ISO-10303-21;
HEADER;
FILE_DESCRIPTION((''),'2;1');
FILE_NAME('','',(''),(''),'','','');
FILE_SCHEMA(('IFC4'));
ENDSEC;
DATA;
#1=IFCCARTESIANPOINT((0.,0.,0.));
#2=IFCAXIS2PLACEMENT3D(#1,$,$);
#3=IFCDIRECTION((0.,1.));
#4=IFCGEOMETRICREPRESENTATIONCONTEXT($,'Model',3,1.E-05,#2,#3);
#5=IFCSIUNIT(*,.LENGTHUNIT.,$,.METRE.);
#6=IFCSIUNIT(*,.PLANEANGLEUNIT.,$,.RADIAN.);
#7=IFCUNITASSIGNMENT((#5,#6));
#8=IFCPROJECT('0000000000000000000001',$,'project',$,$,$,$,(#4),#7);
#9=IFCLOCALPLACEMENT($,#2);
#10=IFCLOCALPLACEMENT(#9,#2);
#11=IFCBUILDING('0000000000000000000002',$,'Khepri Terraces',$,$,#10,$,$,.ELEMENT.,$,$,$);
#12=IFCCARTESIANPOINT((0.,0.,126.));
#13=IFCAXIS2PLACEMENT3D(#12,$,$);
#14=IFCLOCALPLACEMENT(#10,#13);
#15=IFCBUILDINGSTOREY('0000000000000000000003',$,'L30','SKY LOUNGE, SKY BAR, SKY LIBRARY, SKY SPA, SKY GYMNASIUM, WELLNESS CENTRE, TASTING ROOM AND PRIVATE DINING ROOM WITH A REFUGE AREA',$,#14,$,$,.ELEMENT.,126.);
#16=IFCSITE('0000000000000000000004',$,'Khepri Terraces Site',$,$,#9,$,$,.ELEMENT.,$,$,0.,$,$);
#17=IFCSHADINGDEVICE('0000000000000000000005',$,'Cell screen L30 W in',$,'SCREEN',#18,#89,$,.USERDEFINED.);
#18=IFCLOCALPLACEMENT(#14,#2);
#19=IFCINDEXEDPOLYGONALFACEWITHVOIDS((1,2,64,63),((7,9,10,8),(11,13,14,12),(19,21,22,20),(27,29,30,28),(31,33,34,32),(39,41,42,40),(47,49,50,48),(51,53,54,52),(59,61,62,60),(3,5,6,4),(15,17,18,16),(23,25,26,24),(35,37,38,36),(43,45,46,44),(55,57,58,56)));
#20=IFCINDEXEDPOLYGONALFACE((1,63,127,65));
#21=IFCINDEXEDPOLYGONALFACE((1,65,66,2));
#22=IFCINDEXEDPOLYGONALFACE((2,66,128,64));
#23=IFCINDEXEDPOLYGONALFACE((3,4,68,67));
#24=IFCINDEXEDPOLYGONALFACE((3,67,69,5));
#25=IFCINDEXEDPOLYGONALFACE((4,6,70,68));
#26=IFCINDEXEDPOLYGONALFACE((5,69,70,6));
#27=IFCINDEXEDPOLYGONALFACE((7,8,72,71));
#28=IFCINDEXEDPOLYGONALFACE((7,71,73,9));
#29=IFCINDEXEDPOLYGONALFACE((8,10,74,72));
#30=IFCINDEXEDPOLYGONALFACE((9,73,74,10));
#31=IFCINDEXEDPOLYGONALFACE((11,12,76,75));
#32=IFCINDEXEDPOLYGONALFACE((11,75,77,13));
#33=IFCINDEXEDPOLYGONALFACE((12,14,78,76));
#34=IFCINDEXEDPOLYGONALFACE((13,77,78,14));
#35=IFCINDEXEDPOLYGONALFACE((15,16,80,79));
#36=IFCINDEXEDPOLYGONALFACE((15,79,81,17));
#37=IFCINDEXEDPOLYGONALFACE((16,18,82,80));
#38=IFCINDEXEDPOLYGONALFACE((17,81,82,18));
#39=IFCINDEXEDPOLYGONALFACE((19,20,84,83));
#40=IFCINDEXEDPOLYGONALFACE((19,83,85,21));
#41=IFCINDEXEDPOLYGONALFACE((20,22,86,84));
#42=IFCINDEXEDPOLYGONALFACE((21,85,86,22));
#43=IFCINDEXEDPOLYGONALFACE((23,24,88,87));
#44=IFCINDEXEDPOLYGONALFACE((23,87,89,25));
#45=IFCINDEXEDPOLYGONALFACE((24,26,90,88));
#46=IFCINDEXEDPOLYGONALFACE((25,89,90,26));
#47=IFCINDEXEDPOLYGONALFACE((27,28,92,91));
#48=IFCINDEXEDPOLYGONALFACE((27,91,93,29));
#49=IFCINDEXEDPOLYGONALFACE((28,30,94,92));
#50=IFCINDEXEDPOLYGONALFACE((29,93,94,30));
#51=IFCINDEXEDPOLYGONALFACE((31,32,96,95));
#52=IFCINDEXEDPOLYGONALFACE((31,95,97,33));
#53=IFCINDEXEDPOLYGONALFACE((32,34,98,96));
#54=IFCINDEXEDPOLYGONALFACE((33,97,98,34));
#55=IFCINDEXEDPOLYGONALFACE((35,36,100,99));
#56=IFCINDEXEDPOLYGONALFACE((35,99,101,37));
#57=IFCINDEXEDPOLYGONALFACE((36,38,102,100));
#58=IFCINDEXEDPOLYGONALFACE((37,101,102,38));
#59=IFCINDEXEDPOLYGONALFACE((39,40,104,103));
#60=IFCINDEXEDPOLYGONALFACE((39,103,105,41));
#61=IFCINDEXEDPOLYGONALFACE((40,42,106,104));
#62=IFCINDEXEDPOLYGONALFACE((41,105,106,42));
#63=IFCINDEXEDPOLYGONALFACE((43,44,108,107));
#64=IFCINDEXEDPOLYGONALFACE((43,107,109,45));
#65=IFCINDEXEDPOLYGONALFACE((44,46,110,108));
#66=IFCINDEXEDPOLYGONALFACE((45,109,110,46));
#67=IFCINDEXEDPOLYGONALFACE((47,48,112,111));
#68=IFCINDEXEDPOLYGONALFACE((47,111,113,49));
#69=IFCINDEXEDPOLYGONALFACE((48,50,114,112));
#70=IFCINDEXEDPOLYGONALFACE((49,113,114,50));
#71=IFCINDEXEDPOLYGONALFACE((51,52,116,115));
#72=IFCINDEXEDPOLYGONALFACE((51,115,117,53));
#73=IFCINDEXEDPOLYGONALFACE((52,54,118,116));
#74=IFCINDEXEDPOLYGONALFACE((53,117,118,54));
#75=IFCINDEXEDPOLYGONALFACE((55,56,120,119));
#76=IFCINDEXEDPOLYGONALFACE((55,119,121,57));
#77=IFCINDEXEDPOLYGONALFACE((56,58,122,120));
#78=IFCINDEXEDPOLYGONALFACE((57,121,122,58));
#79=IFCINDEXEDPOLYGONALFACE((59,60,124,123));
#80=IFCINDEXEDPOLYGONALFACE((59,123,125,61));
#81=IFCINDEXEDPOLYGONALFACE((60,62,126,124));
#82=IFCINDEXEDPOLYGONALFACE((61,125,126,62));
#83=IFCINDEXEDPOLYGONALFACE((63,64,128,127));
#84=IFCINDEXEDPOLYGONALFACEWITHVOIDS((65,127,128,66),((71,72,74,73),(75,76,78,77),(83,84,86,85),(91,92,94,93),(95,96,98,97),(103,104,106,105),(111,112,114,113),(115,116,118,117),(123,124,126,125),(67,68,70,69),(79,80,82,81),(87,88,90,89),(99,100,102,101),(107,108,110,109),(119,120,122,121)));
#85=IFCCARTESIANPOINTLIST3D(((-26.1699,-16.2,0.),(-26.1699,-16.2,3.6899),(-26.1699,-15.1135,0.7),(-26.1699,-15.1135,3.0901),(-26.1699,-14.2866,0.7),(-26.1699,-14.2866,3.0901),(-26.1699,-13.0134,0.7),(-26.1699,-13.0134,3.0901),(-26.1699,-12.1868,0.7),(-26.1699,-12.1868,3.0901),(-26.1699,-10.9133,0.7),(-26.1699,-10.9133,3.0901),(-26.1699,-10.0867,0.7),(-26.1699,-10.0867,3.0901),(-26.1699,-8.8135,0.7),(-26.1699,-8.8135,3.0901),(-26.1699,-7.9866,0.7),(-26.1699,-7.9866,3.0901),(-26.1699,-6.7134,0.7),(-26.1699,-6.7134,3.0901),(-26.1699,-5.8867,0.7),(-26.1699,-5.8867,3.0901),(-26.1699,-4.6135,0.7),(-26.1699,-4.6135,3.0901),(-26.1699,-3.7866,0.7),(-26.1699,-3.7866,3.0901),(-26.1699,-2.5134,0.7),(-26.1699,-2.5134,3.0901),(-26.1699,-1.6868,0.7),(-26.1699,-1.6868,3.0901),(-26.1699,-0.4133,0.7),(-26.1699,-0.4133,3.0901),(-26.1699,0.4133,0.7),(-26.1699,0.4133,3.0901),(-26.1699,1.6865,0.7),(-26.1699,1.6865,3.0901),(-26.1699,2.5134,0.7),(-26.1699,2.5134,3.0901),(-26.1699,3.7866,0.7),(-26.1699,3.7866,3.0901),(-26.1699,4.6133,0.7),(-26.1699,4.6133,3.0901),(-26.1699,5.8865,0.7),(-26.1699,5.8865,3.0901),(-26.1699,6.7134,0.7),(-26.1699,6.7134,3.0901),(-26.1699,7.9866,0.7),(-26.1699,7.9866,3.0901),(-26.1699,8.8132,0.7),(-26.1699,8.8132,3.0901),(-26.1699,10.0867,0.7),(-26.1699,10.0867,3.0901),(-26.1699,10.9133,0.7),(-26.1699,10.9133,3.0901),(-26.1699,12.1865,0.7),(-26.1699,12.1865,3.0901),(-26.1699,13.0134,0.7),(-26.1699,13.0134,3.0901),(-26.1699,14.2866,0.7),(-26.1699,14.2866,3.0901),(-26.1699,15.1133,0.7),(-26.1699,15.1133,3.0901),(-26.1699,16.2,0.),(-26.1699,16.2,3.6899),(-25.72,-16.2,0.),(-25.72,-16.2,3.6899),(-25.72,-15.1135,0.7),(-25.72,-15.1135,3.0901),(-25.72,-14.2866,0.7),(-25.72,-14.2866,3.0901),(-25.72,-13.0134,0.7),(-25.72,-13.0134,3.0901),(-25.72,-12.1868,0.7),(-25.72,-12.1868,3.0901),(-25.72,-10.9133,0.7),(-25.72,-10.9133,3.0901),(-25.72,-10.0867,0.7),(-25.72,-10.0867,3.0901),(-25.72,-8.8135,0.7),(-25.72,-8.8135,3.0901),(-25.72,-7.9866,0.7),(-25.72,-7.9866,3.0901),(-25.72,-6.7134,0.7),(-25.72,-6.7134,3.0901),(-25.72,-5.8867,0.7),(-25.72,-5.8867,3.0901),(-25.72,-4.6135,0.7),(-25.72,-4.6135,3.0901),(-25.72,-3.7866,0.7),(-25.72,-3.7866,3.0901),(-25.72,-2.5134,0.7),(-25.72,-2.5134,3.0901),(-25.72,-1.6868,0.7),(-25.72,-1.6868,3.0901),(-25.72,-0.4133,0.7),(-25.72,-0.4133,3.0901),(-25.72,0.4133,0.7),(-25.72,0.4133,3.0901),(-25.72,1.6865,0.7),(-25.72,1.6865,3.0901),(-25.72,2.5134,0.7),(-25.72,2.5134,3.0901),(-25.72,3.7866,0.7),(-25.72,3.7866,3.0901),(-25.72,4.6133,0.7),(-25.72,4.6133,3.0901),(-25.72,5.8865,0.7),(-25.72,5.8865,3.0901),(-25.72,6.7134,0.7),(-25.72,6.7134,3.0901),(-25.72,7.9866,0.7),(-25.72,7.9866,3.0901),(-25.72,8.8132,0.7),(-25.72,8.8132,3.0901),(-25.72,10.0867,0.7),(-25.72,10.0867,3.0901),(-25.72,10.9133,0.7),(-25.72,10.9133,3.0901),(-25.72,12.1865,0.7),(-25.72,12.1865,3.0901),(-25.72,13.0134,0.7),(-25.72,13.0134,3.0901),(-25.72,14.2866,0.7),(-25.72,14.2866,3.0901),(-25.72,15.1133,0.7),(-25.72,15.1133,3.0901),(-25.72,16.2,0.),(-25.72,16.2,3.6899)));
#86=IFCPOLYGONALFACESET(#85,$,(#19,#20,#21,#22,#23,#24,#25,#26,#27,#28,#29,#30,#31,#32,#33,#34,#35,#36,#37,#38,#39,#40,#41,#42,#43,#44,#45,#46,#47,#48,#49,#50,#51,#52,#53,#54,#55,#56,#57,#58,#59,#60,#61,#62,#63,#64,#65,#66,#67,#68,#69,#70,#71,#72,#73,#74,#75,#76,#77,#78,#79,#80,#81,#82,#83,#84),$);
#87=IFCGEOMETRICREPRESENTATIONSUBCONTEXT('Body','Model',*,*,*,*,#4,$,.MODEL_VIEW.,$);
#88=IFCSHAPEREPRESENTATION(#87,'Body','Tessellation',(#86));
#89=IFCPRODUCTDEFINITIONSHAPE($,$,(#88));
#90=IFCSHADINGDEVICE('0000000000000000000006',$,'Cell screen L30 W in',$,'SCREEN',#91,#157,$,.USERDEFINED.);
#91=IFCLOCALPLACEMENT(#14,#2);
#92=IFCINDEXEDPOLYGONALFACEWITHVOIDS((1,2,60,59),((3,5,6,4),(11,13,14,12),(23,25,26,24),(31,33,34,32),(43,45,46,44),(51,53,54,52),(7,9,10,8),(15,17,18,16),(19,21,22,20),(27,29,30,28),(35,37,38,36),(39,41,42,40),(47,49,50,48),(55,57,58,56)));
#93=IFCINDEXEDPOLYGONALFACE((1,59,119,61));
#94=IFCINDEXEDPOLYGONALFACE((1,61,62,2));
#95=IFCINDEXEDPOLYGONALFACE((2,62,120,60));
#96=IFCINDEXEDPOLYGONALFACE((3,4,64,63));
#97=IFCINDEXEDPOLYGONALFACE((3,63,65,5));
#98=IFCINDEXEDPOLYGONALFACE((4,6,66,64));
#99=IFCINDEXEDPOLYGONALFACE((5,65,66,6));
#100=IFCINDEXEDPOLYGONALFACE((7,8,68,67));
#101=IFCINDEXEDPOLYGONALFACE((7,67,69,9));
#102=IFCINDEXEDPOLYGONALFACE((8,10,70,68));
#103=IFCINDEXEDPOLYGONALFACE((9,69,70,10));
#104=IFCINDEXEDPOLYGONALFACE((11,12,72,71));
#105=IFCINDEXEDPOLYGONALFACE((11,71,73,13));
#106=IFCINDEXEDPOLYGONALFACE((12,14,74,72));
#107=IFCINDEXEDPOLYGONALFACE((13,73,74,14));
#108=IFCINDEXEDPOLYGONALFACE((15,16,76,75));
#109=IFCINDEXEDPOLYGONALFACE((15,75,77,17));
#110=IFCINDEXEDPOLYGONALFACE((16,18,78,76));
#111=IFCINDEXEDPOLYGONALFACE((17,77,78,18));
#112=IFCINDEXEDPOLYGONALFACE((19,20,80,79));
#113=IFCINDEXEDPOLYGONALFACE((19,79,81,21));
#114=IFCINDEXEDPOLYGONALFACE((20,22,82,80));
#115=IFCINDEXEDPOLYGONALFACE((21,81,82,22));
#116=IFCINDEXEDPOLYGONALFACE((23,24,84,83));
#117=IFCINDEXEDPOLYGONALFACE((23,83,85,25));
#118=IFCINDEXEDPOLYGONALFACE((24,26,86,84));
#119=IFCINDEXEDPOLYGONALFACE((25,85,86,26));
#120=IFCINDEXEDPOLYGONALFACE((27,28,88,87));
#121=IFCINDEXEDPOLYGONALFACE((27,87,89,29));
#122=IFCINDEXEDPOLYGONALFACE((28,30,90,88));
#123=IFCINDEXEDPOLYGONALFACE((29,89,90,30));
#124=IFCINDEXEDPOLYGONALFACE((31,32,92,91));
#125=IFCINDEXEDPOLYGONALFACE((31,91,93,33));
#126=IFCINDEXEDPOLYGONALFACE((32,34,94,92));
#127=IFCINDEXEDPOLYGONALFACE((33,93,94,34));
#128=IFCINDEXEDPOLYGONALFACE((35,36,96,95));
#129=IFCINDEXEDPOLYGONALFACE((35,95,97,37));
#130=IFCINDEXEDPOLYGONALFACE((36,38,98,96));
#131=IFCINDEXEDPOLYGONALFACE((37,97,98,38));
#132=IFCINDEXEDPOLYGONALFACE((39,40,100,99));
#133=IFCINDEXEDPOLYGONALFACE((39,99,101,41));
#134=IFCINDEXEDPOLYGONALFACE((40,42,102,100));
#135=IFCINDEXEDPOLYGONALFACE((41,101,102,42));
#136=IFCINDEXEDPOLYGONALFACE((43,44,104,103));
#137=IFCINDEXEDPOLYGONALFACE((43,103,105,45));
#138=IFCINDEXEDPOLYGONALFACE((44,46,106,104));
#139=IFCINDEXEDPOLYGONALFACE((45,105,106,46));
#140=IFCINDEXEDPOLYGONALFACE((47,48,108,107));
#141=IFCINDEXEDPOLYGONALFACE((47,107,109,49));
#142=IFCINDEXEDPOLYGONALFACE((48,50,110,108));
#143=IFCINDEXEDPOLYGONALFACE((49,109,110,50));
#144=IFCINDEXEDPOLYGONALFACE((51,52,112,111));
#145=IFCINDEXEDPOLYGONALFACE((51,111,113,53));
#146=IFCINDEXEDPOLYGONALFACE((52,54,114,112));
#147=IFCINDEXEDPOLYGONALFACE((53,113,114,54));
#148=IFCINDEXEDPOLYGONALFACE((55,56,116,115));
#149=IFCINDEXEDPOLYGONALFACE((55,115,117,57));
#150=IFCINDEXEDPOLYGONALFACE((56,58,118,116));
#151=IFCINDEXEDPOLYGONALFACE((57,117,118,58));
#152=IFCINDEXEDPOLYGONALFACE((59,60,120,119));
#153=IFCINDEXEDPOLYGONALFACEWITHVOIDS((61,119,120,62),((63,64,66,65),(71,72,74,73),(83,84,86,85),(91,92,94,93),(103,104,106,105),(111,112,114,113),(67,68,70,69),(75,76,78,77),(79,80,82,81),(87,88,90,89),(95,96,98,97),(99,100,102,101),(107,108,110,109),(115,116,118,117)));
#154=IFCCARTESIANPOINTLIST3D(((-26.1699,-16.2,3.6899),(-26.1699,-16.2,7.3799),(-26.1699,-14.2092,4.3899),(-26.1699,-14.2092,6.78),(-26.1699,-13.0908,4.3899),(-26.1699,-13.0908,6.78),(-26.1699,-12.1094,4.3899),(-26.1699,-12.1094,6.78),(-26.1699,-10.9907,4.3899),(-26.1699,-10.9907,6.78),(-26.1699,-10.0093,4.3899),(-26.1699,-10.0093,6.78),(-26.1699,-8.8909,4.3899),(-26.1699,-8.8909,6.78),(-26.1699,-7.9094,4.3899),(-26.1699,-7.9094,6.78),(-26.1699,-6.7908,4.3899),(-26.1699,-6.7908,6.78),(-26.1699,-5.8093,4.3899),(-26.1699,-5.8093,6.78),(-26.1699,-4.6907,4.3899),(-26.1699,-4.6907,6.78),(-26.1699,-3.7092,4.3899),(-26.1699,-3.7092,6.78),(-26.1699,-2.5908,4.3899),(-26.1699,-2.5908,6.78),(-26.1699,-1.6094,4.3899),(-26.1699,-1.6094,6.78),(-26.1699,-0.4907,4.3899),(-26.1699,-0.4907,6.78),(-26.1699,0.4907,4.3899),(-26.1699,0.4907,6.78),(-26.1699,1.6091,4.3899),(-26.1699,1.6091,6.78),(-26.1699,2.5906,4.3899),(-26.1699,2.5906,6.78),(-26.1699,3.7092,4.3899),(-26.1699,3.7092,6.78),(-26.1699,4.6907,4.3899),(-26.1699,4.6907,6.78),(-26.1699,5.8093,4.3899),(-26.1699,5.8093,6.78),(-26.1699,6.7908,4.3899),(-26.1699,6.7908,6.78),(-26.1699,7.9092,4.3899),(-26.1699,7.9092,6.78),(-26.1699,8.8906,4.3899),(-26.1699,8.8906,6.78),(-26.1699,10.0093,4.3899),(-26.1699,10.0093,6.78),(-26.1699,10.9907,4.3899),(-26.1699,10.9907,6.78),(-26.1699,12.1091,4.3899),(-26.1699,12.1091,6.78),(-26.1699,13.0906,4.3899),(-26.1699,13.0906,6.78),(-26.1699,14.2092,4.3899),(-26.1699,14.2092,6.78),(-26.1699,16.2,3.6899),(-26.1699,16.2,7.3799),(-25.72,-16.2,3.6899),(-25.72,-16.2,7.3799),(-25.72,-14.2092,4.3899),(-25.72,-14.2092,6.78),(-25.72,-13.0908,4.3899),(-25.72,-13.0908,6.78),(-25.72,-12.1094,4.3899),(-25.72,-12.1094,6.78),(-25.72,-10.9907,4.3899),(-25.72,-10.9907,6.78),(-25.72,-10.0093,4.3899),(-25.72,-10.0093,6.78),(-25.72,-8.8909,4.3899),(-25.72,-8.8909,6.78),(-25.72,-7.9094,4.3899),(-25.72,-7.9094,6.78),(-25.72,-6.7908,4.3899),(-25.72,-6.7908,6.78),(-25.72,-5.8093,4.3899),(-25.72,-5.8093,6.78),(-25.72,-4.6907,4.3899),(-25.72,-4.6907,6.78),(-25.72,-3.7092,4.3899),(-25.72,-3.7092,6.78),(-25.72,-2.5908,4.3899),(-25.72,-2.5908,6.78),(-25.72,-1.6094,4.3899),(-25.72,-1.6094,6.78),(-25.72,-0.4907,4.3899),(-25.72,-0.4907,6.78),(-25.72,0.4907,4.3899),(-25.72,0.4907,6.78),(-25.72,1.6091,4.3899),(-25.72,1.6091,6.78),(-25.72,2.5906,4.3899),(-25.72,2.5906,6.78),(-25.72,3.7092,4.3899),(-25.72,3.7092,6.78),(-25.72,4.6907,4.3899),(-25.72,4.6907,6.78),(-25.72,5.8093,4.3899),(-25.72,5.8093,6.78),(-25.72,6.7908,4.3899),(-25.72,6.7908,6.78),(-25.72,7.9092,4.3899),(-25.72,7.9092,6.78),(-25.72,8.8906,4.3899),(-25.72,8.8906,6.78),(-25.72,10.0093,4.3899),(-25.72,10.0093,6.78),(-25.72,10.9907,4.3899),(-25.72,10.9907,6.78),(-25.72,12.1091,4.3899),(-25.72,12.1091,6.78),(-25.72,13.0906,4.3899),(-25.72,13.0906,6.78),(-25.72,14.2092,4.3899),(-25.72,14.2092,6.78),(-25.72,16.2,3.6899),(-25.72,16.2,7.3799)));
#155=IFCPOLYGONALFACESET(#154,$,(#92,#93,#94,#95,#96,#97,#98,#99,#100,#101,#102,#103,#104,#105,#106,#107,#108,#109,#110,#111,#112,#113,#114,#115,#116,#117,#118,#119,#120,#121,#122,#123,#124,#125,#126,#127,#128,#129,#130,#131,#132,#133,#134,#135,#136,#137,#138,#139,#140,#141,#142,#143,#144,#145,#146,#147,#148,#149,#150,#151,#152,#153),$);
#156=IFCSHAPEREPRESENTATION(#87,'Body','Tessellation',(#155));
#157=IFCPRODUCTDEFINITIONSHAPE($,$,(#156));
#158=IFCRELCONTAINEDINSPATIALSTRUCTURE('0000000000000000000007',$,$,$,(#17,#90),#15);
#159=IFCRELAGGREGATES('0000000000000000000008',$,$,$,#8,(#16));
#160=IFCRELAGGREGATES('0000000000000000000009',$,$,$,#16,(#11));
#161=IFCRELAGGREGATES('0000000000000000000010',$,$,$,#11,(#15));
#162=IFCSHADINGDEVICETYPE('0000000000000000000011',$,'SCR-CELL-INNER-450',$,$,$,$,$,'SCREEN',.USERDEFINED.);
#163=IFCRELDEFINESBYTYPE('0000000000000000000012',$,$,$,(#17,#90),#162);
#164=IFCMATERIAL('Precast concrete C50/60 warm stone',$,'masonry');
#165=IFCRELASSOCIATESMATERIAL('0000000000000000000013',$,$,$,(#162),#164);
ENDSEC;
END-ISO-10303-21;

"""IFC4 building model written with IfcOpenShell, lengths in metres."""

from ifc_helpers import new_model, si_unit, direction, frame, origin, place, context, subcontext, project, spatial, polyline, outline, extrude, material, type_object, element, save


model = new_model("IFC4")

# Units and contexts
model_context = context("Model", 3, precision=1e-05, world=origin(), true_north=direction((0.0, 1.0)))
body_context = subcontext(model_context, "Body", "Model", "MODEL_VIEW")
ifc_project = project(units=[si_unit("LENGTHUNIT", "METRE"), si_unit("PLANEANGLEUNIT", "RADIAN")], contexts=[model_context])

# Site, building, storey
site_placement = place(None, origin())
site = spatial("IfcSite", under=ifc_project, at=site_placement, Name="Khepri Terraces Site", CompositionType="ELEMENT", RefElevation=0.0)
building_placement = place(site_placement, origin())
building = spatial("IfcBuilding", under=site, at=building_placement, Name="Khepri Terraces", CompositionType="ELEMENT")
storey_placement = place(building_placement, frame((0.0, 0.0, 126.0)))
storey = spatial("IfcBuildingStorey", under=building, at=storey_placement, Name="L30", Description="SKY LOUNGE, SKY BAR, SKY LIBRARY, SKY SPA, SKY GYMNASIUM, WELLNESS CENTRE, TASTING ROOM AND PRIVATE DINING ROOM WITH A REFUGE AREA", CompositionType="ELEMENT", Elevation=126.0)

# Shared definitions
ifc_material_1 = material(Name="Precast concrete C50/60 warm stone", Category="masonry")

# Shading devices
shading_device_type_1 = type_object("IfcShadingDeviceType", Name="SCR-CELL-INNER-450", ElementType="SCREEN", PredefinedType="USERDEFINED", material=ifc_material_1)
shading_device_1_placement = place(storey_placement, frame((-25.72, 16.2, 0.0), z_axis=(-1.0, 0.0, 0.0), x_axis=(0.0, -1.0, 0.0)))
element("IfcShadingDevice", 1, at=shading_device_1_placement, inside=storey, type_object=shading_device_type_1, Name="Cell screen L30 W in", ObjectType="SCREEN", PredefinedType="USERDEFINED", context=body_context, shape_type="SweptSolid", body=[
    extrude(outline(polyline([(0.0, 0.0), (32.3999, 0.0), (32.3999, 3.6899), (0.0, 3.6899), (0.0, 0.0)]), holes=[polyline([(1.0867, 0.7), (1.9133, 0.7), (1.9133, 3.0901), (1.0867, 3.0901), (1.0867, 0.7)]), polyline([(3.1865, 0.7), (4.0134, 0.7), (4.0134, 3.0901), (3.1865, 3.0901), (3.1865, 0.7)]), polyline([(5.2866, 0.7), (6.1133, 0.7), (6.1133, 3.0901), (5.2866, 3.0901), (5.2866, 0.7)]), polyline([(7.3867, 0.7), (8.2134, 0.7), (8.2134, 3.0901), (7.3867, 3.0901), (7.3867, 0.7)]), polyline([(9.4866, 0.7), (10.3135, 0.7), (10.3135, 3.0901), (9.4866, 3.0901), (9.4866, 0.7)]), polyline([(11.5867, 0.7), (12.4133, 0.7), (12.4133, 3.0901), (11.5867, 3.0901), (11.5867, 0.7)]), polyline([(13.6865, 0.7), (14.5134, 0.7), (14.5134, 3.0901), (13.6865, 3.0901), (13.6865, 0.7)]), polyline([(15.7866, 0.7), (16.6133, 0.7), (16.6133, 3.0901), (15.7866, 3.0901), (15.7866, 0.7)]), polyline([(17.8867, 0.7), (18.7134, 0.7), (18.7134, 3.0901), (17.8867, 3.0901), (17.8867, 0.7)]), polyline([(19.9866, 0.7), (20.8135, 0.7), (20.8135, 3.0901), (19.9866, 3.0901), (19.9866, 0.7)]), polyline([(22.0867, 0.7), (22.9133, 0.7), (22.9133, 3.0901), (22.0867, 3.0901), (22.0867, 0.7)]), polyline([(24.1865, 0.7), (25.0134, 0.7), (25.0134, 3.0901), (24.1865, 3.0901), (24.1865, 0.7)]), polyline([(26.2866, 0.7), (27.1133, 0.7), (27.1133, 3.0901), (26.2866, 3.0901), (26.2866, 0.7)]), polyline([(28.3867, 0.7), (29.2134, 0.7), (29.2134, 3.0901), (28.3867, 3.0901), (28.3867, 0.7)]), polyline([(30.4866, 0.7), (31.3135, 0.7), (31.3135, 3.0901), (30.4866, 3.0901), (30.4866, 0.7)])]), origin(), (0.0, 0.0, 1.0), 0.45),
])
shading_device_2_placement = place(storey_placement, frame((-25.72, 16.2, 3.6899), z_axis=(-1.0, 0.0, 0.0), x_axis=(0.0, -1.0, 0.0)))
element("IfcShadingDevice", 2, at=shading_device_2_placement, inside=storey, type_object=shading_device_type_1, Name="Cell screen L30 W in", ObjectType="SCREEN", PredefinedType="USERDEFINED", context=body_context, shape_type="SweptSolid", body=[
    extrude(outline(polyline([(0.0, 0.0), (32.3999, 0.0), (32.3999, 3.6899), (0.0, 3.6899), (0.0, 0.0)]), holes=[polyline([(1.9907, 0.7), (3.1094, 0.7), (3.1094, 3.0901), (1.9907, 3.0901), (1.9907, 0.7)]), polyline([(4.0908, 0.7), (5.2092, 0.7), (5.2092, 3.0901), (4.0908, 3.0901), (4.0908, 0.7)]), polyline([(6.1907, 0.7), (7.3093, 0.7), (7.3093, 3.0901), (6.1907, 3.0901), (6.1907, 0.7)]), polyline([(8.2908, 0.7), (9.4092, 0.7), (9.4092, 3.0901), (8.2908, 3.0901), (8.2908, 0.7)]), polyline([(10.3906, 0.7), (11.5093, 0.7), (11.5093, 3.0901), (10.3906, 3.0901), (10.3906, 0.7)]), polyline([(12.4907, 0.7), (13.6094, 0.7), (13.6094, 3.0901), (12.4907, 3.0901), (12.4907, 0.7)]), polyline([(14.5908, 0.7), (15.7092, 0.7), (15.7092, 3.0901), (14.5908, 3.0901), (14.5908, 0.7)]), polyline([(16.6907, 0.7), (17.8093, 0.7), (17.8093, 3.0901), (16.6907, 3.0901), (16.6907, 0.7)]), polyline([(18.7908, 0.7), (19.9092, 0.7), (19.9092, 3.0901), (18.7908, 3.0901), (18.7908, 0.7)]), polyline([(20.8906, 0.7), (22.0093, 0.7), (22.0093, 3.0901), (20.8906, 3.0901), (20.8906, 0.7)]), polyline([(22.9907, 0.7), (24.1094, 0.7), (24.1094, 3.0901), (22.9907, 3.0901), (22.9907, 0.7)]), polyline([(25.0908, 0.7), (26.2092, 0.7), (26.2092, 3.0901), (25.0908, 3.0901), (25.0908, 0.7)]), polyline([(27.1907, 0.7), (28.3093, 0.7), (28.3093, 3.0901), (27.1907, 3.0901), (27.1907, 0.7)]), polyline([(29.2908, 0.7), (30.4092, 0.7), (30.4092, 3.0901), (29.2908, 3.0901), (29.2908, 0.7)])]), origin(), (0.0, 0.0, 1.0), 0.45),
])

save(model, "model.ifc")
